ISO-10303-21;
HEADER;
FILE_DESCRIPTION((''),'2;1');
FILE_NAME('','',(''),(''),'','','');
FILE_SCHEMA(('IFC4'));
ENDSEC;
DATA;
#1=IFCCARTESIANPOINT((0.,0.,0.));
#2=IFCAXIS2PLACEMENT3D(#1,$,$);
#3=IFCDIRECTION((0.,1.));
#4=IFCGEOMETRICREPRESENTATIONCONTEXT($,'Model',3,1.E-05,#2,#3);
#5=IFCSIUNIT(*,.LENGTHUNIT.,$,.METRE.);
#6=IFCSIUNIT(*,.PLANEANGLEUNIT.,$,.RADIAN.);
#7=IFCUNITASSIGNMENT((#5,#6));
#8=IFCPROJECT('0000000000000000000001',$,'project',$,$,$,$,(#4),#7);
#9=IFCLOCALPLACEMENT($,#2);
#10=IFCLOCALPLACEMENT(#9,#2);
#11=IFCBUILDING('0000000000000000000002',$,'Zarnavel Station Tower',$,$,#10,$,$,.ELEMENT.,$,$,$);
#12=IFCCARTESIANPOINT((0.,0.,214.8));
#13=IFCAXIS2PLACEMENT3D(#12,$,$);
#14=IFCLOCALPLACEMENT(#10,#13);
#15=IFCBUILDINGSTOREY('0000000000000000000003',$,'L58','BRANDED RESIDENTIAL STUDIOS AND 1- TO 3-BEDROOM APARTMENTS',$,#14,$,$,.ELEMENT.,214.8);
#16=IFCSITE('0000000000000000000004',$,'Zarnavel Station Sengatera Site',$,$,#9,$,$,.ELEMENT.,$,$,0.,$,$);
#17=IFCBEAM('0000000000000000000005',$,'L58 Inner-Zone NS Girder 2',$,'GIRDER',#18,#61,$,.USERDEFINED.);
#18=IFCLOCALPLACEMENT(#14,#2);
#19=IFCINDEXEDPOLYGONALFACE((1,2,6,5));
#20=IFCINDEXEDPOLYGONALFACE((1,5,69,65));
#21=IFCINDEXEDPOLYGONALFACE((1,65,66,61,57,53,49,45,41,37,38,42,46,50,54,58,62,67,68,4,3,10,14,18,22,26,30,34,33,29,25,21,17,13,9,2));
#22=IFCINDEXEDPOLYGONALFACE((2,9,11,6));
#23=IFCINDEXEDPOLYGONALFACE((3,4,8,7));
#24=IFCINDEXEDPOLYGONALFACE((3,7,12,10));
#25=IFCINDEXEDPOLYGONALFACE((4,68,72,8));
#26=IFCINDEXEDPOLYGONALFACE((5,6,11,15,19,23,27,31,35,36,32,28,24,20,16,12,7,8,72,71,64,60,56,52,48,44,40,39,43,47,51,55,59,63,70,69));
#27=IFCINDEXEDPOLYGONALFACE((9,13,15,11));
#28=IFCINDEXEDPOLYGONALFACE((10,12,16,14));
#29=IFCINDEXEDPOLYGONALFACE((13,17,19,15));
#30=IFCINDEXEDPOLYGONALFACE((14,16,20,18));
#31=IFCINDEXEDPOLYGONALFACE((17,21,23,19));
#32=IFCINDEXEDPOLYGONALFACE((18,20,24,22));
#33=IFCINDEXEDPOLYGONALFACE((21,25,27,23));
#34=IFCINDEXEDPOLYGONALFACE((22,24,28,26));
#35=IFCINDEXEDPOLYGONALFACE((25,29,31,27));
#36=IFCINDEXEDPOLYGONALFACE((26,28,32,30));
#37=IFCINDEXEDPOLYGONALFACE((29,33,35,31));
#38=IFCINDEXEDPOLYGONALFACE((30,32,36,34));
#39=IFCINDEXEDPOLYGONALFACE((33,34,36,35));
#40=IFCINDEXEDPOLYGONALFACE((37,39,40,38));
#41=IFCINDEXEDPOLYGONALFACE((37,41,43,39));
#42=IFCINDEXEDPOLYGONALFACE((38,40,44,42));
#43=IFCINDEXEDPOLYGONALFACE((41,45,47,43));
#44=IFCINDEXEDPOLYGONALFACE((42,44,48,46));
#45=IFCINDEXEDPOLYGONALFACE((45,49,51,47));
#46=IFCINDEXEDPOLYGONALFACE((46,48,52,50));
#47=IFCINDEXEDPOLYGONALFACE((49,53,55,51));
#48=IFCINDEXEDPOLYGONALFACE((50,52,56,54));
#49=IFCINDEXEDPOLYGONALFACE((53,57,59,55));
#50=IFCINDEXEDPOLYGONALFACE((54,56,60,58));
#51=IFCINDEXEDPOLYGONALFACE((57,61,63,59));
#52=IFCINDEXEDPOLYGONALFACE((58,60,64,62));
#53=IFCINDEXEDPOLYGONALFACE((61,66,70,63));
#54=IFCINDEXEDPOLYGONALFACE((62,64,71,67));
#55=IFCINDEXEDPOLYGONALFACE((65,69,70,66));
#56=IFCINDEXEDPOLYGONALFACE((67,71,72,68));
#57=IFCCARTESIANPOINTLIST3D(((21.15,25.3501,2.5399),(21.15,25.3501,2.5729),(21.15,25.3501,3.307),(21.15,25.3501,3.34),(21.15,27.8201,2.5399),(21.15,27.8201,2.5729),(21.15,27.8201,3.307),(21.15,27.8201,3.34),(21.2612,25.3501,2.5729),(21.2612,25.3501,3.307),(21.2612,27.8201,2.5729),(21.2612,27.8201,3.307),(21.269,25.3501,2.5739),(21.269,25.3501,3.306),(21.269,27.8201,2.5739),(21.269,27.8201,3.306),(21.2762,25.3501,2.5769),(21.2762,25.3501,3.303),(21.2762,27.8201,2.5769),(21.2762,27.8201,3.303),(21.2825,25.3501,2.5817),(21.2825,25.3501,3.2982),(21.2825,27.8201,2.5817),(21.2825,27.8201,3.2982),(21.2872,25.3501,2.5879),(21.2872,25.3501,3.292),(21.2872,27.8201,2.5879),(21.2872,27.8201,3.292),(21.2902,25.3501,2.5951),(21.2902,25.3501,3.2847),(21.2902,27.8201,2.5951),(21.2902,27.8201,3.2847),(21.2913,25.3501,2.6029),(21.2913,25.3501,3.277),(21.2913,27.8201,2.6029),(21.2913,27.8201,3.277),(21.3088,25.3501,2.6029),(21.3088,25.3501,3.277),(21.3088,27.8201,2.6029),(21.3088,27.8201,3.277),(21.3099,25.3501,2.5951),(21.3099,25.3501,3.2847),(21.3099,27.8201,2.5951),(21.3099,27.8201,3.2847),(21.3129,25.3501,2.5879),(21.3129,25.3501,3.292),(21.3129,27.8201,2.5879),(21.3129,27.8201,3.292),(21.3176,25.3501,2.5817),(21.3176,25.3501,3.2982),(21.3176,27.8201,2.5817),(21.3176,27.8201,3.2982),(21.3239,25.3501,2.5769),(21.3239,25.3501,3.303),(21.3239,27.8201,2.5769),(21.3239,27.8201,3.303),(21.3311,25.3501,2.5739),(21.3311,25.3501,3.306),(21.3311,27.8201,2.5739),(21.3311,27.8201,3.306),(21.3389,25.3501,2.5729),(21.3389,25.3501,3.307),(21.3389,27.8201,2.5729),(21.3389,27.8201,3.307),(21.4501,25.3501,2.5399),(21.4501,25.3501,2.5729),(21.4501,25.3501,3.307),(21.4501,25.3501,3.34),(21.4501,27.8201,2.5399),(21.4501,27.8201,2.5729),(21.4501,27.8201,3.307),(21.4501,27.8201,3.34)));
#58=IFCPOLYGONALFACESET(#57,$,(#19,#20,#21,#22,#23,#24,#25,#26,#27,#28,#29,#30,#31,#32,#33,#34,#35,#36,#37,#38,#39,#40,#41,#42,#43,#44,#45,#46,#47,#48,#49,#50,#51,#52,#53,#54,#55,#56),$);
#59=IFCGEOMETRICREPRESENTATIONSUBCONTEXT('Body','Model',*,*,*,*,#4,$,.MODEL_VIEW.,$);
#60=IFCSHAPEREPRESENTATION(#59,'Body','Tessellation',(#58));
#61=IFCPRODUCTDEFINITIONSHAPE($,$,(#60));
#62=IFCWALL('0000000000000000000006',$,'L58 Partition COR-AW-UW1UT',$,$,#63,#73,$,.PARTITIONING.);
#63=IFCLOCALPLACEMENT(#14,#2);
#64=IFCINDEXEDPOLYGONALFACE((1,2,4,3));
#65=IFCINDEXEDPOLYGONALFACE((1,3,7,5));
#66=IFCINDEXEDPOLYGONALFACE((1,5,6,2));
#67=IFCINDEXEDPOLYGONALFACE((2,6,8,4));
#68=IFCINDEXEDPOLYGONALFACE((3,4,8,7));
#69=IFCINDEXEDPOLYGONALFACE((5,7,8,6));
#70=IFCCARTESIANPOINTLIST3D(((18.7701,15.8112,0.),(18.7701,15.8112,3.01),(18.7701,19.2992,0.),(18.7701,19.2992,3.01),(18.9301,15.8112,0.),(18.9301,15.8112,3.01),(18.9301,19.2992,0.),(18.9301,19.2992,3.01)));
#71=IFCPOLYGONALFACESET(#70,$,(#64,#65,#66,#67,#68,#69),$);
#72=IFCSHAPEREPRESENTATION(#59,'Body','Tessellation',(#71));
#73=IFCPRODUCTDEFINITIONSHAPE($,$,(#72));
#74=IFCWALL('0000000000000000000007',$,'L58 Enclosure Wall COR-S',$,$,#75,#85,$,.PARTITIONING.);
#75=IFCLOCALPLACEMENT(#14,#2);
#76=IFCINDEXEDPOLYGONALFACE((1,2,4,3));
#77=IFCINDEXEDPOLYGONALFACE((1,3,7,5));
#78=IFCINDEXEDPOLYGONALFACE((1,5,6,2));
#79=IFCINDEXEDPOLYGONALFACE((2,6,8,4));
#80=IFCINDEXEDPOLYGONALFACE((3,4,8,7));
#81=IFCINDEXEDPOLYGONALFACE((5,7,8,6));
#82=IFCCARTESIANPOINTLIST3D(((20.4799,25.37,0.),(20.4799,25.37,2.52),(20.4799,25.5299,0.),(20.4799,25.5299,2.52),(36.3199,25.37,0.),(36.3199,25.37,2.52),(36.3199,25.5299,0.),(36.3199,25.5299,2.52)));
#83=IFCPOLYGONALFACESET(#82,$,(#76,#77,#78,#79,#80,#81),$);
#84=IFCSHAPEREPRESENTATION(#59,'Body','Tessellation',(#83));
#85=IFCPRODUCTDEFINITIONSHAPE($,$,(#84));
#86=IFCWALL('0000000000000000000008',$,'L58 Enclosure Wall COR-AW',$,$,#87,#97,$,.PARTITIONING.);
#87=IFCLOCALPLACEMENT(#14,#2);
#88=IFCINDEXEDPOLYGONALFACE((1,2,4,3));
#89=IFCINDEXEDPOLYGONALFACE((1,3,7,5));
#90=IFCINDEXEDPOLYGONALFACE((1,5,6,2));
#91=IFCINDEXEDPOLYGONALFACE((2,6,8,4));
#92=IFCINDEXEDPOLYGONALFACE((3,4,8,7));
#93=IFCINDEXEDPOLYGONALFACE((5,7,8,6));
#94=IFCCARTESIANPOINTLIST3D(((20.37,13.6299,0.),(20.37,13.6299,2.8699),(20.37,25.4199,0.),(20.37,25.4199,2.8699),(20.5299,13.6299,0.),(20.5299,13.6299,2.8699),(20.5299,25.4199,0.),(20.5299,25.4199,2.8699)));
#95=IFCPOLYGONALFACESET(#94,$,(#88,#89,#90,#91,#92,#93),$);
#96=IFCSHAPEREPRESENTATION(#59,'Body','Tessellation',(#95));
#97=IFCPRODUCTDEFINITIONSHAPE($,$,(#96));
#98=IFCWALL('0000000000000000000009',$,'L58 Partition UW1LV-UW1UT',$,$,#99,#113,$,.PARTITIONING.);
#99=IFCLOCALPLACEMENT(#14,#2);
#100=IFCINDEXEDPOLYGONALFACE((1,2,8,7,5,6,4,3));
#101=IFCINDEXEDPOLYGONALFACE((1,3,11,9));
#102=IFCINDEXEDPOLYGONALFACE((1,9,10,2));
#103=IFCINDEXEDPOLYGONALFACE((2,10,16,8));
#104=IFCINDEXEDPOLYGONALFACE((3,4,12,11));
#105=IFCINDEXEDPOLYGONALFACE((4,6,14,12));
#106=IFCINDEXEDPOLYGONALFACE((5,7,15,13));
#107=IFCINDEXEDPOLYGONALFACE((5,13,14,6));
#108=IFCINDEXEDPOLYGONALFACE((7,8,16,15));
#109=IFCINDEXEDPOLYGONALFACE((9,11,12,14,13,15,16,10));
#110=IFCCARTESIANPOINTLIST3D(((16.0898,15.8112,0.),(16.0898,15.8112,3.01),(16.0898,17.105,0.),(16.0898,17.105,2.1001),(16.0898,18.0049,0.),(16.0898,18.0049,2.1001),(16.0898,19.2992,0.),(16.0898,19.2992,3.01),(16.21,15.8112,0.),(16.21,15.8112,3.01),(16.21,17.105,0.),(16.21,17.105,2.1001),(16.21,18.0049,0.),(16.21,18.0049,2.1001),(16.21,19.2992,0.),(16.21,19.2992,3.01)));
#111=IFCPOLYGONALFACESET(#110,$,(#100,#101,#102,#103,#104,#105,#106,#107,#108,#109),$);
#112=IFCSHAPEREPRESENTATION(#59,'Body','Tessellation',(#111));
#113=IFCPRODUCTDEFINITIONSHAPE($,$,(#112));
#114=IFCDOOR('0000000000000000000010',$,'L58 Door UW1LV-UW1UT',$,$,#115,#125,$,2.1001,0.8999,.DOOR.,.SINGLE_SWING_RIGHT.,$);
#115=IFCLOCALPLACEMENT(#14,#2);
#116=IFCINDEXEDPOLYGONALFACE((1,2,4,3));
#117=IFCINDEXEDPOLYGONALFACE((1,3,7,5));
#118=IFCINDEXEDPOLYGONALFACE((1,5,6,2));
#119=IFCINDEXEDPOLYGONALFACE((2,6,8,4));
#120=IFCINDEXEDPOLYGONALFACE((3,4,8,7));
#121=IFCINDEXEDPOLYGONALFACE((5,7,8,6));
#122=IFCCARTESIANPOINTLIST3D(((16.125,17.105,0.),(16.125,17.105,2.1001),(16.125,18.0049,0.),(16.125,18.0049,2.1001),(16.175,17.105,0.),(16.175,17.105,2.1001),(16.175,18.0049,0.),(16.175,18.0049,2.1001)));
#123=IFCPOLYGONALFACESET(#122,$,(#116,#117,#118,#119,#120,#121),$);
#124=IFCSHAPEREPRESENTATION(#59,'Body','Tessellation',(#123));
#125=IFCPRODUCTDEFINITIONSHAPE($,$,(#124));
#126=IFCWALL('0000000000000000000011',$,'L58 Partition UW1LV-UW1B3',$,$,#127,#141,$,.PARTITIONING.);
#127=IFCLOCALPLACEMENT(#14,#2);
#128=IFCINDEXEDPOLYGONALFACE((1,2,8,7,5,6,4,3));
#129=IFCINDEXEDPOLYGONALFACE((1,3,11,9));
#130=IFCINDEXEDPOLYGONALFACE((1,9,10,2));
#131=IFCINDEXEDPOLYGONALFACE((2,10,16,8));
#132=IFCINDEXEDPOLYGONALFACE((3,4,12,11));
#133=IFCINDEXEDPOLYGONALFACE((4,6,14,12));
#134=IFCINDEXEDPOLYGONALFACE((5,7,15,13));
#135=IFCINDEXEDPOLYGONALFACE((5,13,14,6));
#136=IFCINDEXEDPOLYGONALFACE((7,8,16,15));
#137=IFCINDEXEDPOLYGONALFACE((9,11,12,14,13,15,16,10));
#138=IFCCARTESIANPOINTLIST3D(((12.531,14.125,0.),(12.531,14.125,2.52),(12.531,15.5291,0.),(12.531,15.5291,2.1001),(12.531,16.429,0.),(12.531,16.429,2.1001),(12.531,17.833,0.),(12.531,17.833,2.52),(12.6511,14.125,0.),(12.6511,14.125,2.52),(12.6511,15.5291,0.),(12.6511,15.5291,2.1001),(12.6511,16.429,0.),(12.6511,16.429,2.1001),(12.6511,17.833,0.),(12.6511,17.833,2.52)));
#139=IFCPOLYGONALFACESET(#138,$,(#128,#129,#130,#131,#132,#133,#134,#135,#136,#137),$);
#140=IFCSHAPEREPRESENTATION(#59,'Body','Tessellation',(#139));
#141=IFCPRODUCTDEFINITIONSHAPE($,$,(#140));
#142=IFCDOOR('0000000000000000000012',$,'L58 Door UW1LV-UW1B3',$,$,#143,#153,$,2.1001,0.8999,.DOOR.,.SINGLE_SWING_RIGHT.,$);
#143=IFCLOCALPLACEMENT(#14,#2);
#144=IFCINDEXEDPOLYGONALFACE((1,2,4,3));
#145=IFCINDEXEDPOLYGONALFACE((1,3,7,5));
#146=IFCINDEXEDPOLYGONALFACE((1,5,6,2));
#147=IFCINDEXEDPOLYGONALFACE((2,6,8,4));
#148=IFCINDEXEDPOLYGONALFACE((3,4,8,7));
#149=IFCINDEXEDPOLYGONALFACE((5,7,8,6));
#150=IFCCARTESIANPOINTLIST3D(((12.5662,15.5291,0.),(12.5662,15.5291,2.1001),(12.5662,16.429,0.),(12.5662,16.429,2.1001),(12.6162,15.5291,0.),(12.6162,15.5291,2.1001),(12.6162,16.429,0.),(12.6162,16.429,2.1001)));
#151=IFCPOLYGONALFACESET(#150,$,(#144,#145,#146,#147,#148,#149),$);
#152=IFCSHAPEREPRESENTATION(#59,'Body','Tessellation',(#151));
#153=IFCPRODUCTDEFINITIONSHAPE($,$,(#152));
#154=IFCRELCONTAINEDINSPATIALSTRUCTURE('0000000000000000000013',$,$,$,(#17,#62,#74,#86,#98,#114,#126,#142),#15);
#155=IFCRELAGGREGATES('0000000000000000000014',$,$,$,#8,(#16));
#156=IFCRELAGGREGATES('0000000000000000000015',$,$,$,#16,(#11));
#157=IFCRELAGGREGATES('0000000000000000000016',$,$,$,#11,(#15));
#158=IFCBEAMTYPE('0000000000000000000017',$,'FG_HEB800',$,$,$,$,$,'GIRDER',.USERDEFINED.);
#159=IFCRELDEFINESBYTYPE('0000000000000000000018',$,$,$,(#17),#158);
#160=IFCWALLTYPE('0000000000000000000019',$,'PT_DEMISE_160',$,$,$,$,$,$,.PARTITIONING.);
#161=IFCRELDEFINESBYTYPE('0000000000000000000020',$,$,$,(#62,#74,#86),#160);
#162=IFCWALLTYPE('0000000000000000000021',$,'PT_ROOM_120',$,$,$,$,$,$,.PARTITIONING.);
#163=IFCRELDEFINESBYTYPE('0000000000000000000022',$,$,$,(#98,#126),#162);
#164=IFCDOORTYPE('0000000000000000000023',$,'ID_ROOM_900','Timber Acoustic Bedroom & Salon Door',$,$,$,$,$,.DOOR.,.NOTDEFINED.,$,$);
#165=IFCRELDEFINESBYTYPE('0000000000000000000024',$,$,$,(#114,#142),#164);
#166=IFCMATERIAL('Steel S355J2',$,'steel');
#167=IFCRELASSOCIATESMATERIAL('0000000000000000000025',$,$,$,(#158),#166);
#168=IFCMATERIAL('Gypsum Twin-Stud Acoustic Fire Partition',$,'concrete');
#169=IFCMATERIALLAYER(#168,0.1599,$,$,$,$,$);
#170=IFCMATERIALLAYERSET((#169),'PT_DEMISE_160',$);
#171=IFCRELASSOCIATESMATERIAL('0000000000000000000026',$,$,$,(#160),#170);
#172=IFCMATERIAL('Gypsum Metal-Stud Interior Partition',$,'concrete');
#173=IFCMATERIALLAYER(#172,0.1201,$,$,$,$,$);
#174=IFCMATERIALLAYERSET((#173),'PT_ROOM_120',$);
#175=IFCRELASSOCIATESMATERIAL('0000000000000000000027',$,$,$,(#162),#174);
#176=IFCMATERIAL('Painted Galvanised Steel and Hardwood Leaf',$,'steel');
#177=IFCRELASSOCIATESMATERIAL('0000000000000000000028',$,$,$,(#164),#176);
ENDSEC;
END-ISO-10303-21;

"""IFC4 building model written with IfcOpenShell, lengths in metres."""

from ifc_helpers import new_model, si_unit, direction, frame, frame_2d, origin, origin_2d, place, context, subcontext, project, spatial, rectangle, i_section, extrude, material, layer, layer_set, material_profile, profile_set, type_object, element, fill, save


model = new_model("IFC4")

# Units and contexts
model_context = context("Model", 3, precision=1e-05, world=origin(), true_north=direction((0.0, 1.0)))
body_context = subcontext(model_context, "Body", "Model", "MODEL_VIEW")
ifc_project = project(units=[si_unit("LENGTHUNIT", "METRE"), si_unit("PLANEANGLEUNIT", "RADIAN")], contexts=[model_context])

# Site, building, storey
site_placement = place(None, origin())
site = spatial("IfcSite", under=ifc_project, at=site_placement, Name="Zarnavel Station Sengatera Site", CompositionType="ELEMENT", RefElevation=0.0)
building_placement = place(site_placement, origin())
building = spatial("IfcBuilding", under=site, at=building_placement, Name="Zarnavel Station Tower", CompositionType="ELEMENT")
storey_placement = place(building_placement, frame((0.0, 0.0, 214.8)))
storey = spatial("IfcBuildingStorey", under=building, at=storey_placement, Name="L58", Description="BRANDED RESIDENTIAL STUDIOS AND 1- TO 3-BEDROOM APARTMENTS", CompositionType="ELEMENT", Elevation=214.8)

# Beam
ifc_material_1 = material(Name="Steel S355J2", Category="steel")
ifc_material_profile_1 = material_profile(ifc_material_1, i_section(OverallWidth=0.3, OverallDepth=0.8, WebThickness=0.0176, FlangeThickness=0.033, FilletRadius=0.03, at=origin_2d()), Name="HEB800")
ifc_profile_set_1 = profile_set([ifc_material_profile_1], Name="Steel S355J2")
beam_type_1 = type_object("IfcBeamType", Name="FG_HEB800", ElementType="GIRDER", PredefinedType="USERDEFINED", material=ifc_profile_set_1)
beam_1_placement = place(storey_placement, frame((21.3, 25.3501, 2.9399), z_axis=(0.0, 1.0, 0.0), x_axis=(-1.0, 0.0, 0.0)))
element("IfcBeam", 1, at=beam_1_placement, inside=storey, type_object=beam_type_1, Name="L58 Inner-Zone NS Girder 2", ObjectType="GIRDER", PredefinedType="USERDEFINED", context=body_context, shape_type="SweptSolid", body=[
    extrude(i_section(OverallWidth=0.3, OverallDepth=0.8, WebThickness=0.0176, FlangeThickness=0.033, FilletRadius=0.03, at=origin_2d()), origin(), (0.0, 0.0, 1.0), 2.47),
])

# Shared definitions
ifc_material_2 = material(Name="Gypsum Twin-Stud Acoustic Fire Partition", Category="concrete")
ifc_layer_1 = layer(ifc_material_2, 0.1599)
ifc_layer_set_1 = layer_set([ifc_layer_1], Name="PT_DEMISE_160")
wall_type_1 = type_object("IfcWallType", Name="PT_DEMISE_160", PredefinedType="PARTITIONING", material=ifc_layer_set_1)

# Walls
wall_1_placement = place(storey_placement, frame((18.8501, 15.811, 0.0), z_axis=(0.0, 0.0, 1.0), x_axis=(0.0, 1.0, 0.0)))
element("IfcWall", 2, at=wall_1_placement, inside=storey, type_object=wall_type_1, Name="L58 Partition COR-AW-UW1UT", PredefinedType="PARTITIONING", context=body_context, shape_type="SweptSolid", body=[
    extrude(rectangle(XDim=3.488, YDim=0.1599, at=frame_2d((1.7441, 0.0))), origin(), (0.0, 0.0, 1.0), 3.01),
])
wall_2_placement = place(storey_placement, frame((20.48, 25.45, 0.0), z_axis=(0.0, 0.0, 1.0), x_axis=(1.0, 0.0, 0.0)))
element("IfcWall", 3, at=wall_2_placement, inside=storey, type_object=wall_type_1, Name="L58 Enclosure Wall COR-S", PredefinedType="PARTITIONING", context=body_context, shape_type="SweptSolid", body=[
    extrude(rectangle(XDim=15.8401, YDim=0.1599, at=frame_2d((7.9199, 0.0))), origin(), (0.0, 0.0, 1.0), 2.52),
])
wall_3_placement = place(storey_placement, frame((20.45, 13.6299, 0.0), z_axis=(0.0, 0.0, 1.0), x_axis=(0.0, 1.0, 0.0)))
element("IfcWall", 4, at=wall_3_placement, inside=storey, type_object=wall_type_1, Name="L58 Enclosure Wall COR-AW", PredefinedType="PARTITIONING", context=body_context, shape_type="SweptSolid", body=[
    extrude(rectangle(XDim=11.79, YDim=0.1599, at=frame_2d((5.895, 0.0))), origin(), (0.0, 0.0, 1.0), 2.8699),
])

# Walls, openings, doors
ifc_material_3 = material(Name="Gypsum Metal-Stud Interior Partition", Category="concrete")
ifc_layer_2 = layer(ifc_material_3, 0.1201)
ifc_layer_set_2 = layer_set([ifc_layer_2], Name="PT_ROOM_120")
wall_type_2 = type_object("IfcWallType", Name="PT_ROOM_120", PredefinedType="PARTITIONING", material=ifc_layer_set_2)
wall_4_placement = place(storey_placement, frame((16.1499, 15.811, 0.0), z_axis=(0.0, 0.0, 1.0), x_axis=(0.0, 1.0, 0.0)))
wall_4 = element("IfcWall", 5, at=wall_4_placement, inside=storey, type_object=wall_type_2, Name="L58 Partition UW1LV-UW1UT", PredefinedType="PARTITIONING", context=body_context, shape_type="SweptSolid", body=[
    extrude(rectangle(XDim=3.488, YDim=0.1201, at=frame_2d((1.7441, 0.0))), origin(), (0.0, 0.0, 1.0), 3.01),
])
opening_1_placement = place(wall_4_placement, frame((1.2939, 0.0, 0.0)))
opening_1 = element("IfcOpeningElement", 6, at=opening_1_placement, cuts=wall_4, PredefinedType="OPENING", context=body_context, shape_type="SweptSolid", body=[
    extrude(rectangle(XDim=0.8999, YDim=2.1001, at=frame_2d((0.45, 1.05))), frame((0.0, 0.0701, 0.0), z_axis=(0.0, -1.0, 0.0), x_axis=(1.0, 0.0, 0.0)), (0.0, 0.0, 1.0), 0.1401),
])
ifc_material_4 = material(Name="Painted Galvanised Steel and Hardwood Leaf", Category="steel")
door_type_1 = type_object("IfcDoorType", Name="ID_ROOM_900", Description="Timber Acoustic Bedroom & Salon Door", OperationType="NOTDEFINED", PredefinedType="DOOR", material=ifc_material_4)
door_1_placement = place(opening_1_placement, origin())
door_1 = element("IfcDoor", 7, at=door_1_placement, inside=storey, type_object=door_type_1, Name="L58 Door UW1LV-UW1UT", OperationType="SINGLE_SWING_RIGHT", OverallHeight=2.1001, OverallWidth=0.8999, PredefinedType="DOOR", context=body_context, shape_type="SweptSolid", body=[
    extrude(rectangle(XDim=0.8999, YDim=2.1001, at=frame_2d((0.45, 1.05))), frame((0.0, 0.0249, 0.0), z_axis=(0.0, -1.0, 0.0), x_axis=(1.0, 0.0, 0.0)), (0.0, 0.0, 1.0), 0.05),
])
fill(opening_1, door_1)
wall_5_placement = place(storey_placement, frame((12.5911, 14.125, 0.0), z_axis=(0.0, 0.0, 1.0), x_axis=(0.0, 1.0, 0.0)))
wall_5 = element("IfcWall", 8, at=wall_5_placement, inside=storey, type_object=wall_type_2, Name="L58 Partition UW1LV-UW1B3", PredefinedType="PARTITIONING", context=body_context, shape_type="SweptSolid", body=[
    extrude(rectangle(XDim=3.708, YDim=0.1201, at=frame_2d((1.854, 0.0))), origin(), (0.0, 0.0, 1.0), 2.52),
])
opening_2_placement = place(wall_5_placement, frame((1.4041, 0.0, 0.0)))
opening_2 = element("IfcOpeningElement", 9, at=opening_2_placement, cuts=wall_5, PredefinedType="OPENING", context=body_context, shape_type="SweptSolid", body=[
    extrude(rectangle(XDim=0.8999, YDim=2.1001, at=frame_2d((0.45, 1.05))), frame((0.0, 0.0701, 0.0), z_axis=(0.0, -1.0, 0.0), x_axis=(1.0, 0.0, 0.0)), (0.0, 0.0, 1.0), 0.1401),
])
door_2_placement = place(opening_2_placement, origin())
door_2 = element("IfcDoor", 10, at=door_2_placement, inside=storey, type_object=door_type_1, Name="L58 Door UW1LV-UW1B3", OperationType="SINGLE_SWING_RIGHT", OverallHeight=2.1001, OverallWidth=0.8999, PredefinedType="DOOR", context=body_context, shape_type="SweptSolid", body=[
    extrude(rectangle(XDim=0.8999, YDim=2.1001, at=frame_2d((0.45, 1.05))), frame((0.0, 0.0249, 0.0), z_axis=(0.0, -1.0, 0.0), x_axis=(1.0, 0.0, 0.0)), (0.0, 0.0, 1.0), 0.05),
])
fill(opening_2, door_2)

save(model, "model.ifc")
